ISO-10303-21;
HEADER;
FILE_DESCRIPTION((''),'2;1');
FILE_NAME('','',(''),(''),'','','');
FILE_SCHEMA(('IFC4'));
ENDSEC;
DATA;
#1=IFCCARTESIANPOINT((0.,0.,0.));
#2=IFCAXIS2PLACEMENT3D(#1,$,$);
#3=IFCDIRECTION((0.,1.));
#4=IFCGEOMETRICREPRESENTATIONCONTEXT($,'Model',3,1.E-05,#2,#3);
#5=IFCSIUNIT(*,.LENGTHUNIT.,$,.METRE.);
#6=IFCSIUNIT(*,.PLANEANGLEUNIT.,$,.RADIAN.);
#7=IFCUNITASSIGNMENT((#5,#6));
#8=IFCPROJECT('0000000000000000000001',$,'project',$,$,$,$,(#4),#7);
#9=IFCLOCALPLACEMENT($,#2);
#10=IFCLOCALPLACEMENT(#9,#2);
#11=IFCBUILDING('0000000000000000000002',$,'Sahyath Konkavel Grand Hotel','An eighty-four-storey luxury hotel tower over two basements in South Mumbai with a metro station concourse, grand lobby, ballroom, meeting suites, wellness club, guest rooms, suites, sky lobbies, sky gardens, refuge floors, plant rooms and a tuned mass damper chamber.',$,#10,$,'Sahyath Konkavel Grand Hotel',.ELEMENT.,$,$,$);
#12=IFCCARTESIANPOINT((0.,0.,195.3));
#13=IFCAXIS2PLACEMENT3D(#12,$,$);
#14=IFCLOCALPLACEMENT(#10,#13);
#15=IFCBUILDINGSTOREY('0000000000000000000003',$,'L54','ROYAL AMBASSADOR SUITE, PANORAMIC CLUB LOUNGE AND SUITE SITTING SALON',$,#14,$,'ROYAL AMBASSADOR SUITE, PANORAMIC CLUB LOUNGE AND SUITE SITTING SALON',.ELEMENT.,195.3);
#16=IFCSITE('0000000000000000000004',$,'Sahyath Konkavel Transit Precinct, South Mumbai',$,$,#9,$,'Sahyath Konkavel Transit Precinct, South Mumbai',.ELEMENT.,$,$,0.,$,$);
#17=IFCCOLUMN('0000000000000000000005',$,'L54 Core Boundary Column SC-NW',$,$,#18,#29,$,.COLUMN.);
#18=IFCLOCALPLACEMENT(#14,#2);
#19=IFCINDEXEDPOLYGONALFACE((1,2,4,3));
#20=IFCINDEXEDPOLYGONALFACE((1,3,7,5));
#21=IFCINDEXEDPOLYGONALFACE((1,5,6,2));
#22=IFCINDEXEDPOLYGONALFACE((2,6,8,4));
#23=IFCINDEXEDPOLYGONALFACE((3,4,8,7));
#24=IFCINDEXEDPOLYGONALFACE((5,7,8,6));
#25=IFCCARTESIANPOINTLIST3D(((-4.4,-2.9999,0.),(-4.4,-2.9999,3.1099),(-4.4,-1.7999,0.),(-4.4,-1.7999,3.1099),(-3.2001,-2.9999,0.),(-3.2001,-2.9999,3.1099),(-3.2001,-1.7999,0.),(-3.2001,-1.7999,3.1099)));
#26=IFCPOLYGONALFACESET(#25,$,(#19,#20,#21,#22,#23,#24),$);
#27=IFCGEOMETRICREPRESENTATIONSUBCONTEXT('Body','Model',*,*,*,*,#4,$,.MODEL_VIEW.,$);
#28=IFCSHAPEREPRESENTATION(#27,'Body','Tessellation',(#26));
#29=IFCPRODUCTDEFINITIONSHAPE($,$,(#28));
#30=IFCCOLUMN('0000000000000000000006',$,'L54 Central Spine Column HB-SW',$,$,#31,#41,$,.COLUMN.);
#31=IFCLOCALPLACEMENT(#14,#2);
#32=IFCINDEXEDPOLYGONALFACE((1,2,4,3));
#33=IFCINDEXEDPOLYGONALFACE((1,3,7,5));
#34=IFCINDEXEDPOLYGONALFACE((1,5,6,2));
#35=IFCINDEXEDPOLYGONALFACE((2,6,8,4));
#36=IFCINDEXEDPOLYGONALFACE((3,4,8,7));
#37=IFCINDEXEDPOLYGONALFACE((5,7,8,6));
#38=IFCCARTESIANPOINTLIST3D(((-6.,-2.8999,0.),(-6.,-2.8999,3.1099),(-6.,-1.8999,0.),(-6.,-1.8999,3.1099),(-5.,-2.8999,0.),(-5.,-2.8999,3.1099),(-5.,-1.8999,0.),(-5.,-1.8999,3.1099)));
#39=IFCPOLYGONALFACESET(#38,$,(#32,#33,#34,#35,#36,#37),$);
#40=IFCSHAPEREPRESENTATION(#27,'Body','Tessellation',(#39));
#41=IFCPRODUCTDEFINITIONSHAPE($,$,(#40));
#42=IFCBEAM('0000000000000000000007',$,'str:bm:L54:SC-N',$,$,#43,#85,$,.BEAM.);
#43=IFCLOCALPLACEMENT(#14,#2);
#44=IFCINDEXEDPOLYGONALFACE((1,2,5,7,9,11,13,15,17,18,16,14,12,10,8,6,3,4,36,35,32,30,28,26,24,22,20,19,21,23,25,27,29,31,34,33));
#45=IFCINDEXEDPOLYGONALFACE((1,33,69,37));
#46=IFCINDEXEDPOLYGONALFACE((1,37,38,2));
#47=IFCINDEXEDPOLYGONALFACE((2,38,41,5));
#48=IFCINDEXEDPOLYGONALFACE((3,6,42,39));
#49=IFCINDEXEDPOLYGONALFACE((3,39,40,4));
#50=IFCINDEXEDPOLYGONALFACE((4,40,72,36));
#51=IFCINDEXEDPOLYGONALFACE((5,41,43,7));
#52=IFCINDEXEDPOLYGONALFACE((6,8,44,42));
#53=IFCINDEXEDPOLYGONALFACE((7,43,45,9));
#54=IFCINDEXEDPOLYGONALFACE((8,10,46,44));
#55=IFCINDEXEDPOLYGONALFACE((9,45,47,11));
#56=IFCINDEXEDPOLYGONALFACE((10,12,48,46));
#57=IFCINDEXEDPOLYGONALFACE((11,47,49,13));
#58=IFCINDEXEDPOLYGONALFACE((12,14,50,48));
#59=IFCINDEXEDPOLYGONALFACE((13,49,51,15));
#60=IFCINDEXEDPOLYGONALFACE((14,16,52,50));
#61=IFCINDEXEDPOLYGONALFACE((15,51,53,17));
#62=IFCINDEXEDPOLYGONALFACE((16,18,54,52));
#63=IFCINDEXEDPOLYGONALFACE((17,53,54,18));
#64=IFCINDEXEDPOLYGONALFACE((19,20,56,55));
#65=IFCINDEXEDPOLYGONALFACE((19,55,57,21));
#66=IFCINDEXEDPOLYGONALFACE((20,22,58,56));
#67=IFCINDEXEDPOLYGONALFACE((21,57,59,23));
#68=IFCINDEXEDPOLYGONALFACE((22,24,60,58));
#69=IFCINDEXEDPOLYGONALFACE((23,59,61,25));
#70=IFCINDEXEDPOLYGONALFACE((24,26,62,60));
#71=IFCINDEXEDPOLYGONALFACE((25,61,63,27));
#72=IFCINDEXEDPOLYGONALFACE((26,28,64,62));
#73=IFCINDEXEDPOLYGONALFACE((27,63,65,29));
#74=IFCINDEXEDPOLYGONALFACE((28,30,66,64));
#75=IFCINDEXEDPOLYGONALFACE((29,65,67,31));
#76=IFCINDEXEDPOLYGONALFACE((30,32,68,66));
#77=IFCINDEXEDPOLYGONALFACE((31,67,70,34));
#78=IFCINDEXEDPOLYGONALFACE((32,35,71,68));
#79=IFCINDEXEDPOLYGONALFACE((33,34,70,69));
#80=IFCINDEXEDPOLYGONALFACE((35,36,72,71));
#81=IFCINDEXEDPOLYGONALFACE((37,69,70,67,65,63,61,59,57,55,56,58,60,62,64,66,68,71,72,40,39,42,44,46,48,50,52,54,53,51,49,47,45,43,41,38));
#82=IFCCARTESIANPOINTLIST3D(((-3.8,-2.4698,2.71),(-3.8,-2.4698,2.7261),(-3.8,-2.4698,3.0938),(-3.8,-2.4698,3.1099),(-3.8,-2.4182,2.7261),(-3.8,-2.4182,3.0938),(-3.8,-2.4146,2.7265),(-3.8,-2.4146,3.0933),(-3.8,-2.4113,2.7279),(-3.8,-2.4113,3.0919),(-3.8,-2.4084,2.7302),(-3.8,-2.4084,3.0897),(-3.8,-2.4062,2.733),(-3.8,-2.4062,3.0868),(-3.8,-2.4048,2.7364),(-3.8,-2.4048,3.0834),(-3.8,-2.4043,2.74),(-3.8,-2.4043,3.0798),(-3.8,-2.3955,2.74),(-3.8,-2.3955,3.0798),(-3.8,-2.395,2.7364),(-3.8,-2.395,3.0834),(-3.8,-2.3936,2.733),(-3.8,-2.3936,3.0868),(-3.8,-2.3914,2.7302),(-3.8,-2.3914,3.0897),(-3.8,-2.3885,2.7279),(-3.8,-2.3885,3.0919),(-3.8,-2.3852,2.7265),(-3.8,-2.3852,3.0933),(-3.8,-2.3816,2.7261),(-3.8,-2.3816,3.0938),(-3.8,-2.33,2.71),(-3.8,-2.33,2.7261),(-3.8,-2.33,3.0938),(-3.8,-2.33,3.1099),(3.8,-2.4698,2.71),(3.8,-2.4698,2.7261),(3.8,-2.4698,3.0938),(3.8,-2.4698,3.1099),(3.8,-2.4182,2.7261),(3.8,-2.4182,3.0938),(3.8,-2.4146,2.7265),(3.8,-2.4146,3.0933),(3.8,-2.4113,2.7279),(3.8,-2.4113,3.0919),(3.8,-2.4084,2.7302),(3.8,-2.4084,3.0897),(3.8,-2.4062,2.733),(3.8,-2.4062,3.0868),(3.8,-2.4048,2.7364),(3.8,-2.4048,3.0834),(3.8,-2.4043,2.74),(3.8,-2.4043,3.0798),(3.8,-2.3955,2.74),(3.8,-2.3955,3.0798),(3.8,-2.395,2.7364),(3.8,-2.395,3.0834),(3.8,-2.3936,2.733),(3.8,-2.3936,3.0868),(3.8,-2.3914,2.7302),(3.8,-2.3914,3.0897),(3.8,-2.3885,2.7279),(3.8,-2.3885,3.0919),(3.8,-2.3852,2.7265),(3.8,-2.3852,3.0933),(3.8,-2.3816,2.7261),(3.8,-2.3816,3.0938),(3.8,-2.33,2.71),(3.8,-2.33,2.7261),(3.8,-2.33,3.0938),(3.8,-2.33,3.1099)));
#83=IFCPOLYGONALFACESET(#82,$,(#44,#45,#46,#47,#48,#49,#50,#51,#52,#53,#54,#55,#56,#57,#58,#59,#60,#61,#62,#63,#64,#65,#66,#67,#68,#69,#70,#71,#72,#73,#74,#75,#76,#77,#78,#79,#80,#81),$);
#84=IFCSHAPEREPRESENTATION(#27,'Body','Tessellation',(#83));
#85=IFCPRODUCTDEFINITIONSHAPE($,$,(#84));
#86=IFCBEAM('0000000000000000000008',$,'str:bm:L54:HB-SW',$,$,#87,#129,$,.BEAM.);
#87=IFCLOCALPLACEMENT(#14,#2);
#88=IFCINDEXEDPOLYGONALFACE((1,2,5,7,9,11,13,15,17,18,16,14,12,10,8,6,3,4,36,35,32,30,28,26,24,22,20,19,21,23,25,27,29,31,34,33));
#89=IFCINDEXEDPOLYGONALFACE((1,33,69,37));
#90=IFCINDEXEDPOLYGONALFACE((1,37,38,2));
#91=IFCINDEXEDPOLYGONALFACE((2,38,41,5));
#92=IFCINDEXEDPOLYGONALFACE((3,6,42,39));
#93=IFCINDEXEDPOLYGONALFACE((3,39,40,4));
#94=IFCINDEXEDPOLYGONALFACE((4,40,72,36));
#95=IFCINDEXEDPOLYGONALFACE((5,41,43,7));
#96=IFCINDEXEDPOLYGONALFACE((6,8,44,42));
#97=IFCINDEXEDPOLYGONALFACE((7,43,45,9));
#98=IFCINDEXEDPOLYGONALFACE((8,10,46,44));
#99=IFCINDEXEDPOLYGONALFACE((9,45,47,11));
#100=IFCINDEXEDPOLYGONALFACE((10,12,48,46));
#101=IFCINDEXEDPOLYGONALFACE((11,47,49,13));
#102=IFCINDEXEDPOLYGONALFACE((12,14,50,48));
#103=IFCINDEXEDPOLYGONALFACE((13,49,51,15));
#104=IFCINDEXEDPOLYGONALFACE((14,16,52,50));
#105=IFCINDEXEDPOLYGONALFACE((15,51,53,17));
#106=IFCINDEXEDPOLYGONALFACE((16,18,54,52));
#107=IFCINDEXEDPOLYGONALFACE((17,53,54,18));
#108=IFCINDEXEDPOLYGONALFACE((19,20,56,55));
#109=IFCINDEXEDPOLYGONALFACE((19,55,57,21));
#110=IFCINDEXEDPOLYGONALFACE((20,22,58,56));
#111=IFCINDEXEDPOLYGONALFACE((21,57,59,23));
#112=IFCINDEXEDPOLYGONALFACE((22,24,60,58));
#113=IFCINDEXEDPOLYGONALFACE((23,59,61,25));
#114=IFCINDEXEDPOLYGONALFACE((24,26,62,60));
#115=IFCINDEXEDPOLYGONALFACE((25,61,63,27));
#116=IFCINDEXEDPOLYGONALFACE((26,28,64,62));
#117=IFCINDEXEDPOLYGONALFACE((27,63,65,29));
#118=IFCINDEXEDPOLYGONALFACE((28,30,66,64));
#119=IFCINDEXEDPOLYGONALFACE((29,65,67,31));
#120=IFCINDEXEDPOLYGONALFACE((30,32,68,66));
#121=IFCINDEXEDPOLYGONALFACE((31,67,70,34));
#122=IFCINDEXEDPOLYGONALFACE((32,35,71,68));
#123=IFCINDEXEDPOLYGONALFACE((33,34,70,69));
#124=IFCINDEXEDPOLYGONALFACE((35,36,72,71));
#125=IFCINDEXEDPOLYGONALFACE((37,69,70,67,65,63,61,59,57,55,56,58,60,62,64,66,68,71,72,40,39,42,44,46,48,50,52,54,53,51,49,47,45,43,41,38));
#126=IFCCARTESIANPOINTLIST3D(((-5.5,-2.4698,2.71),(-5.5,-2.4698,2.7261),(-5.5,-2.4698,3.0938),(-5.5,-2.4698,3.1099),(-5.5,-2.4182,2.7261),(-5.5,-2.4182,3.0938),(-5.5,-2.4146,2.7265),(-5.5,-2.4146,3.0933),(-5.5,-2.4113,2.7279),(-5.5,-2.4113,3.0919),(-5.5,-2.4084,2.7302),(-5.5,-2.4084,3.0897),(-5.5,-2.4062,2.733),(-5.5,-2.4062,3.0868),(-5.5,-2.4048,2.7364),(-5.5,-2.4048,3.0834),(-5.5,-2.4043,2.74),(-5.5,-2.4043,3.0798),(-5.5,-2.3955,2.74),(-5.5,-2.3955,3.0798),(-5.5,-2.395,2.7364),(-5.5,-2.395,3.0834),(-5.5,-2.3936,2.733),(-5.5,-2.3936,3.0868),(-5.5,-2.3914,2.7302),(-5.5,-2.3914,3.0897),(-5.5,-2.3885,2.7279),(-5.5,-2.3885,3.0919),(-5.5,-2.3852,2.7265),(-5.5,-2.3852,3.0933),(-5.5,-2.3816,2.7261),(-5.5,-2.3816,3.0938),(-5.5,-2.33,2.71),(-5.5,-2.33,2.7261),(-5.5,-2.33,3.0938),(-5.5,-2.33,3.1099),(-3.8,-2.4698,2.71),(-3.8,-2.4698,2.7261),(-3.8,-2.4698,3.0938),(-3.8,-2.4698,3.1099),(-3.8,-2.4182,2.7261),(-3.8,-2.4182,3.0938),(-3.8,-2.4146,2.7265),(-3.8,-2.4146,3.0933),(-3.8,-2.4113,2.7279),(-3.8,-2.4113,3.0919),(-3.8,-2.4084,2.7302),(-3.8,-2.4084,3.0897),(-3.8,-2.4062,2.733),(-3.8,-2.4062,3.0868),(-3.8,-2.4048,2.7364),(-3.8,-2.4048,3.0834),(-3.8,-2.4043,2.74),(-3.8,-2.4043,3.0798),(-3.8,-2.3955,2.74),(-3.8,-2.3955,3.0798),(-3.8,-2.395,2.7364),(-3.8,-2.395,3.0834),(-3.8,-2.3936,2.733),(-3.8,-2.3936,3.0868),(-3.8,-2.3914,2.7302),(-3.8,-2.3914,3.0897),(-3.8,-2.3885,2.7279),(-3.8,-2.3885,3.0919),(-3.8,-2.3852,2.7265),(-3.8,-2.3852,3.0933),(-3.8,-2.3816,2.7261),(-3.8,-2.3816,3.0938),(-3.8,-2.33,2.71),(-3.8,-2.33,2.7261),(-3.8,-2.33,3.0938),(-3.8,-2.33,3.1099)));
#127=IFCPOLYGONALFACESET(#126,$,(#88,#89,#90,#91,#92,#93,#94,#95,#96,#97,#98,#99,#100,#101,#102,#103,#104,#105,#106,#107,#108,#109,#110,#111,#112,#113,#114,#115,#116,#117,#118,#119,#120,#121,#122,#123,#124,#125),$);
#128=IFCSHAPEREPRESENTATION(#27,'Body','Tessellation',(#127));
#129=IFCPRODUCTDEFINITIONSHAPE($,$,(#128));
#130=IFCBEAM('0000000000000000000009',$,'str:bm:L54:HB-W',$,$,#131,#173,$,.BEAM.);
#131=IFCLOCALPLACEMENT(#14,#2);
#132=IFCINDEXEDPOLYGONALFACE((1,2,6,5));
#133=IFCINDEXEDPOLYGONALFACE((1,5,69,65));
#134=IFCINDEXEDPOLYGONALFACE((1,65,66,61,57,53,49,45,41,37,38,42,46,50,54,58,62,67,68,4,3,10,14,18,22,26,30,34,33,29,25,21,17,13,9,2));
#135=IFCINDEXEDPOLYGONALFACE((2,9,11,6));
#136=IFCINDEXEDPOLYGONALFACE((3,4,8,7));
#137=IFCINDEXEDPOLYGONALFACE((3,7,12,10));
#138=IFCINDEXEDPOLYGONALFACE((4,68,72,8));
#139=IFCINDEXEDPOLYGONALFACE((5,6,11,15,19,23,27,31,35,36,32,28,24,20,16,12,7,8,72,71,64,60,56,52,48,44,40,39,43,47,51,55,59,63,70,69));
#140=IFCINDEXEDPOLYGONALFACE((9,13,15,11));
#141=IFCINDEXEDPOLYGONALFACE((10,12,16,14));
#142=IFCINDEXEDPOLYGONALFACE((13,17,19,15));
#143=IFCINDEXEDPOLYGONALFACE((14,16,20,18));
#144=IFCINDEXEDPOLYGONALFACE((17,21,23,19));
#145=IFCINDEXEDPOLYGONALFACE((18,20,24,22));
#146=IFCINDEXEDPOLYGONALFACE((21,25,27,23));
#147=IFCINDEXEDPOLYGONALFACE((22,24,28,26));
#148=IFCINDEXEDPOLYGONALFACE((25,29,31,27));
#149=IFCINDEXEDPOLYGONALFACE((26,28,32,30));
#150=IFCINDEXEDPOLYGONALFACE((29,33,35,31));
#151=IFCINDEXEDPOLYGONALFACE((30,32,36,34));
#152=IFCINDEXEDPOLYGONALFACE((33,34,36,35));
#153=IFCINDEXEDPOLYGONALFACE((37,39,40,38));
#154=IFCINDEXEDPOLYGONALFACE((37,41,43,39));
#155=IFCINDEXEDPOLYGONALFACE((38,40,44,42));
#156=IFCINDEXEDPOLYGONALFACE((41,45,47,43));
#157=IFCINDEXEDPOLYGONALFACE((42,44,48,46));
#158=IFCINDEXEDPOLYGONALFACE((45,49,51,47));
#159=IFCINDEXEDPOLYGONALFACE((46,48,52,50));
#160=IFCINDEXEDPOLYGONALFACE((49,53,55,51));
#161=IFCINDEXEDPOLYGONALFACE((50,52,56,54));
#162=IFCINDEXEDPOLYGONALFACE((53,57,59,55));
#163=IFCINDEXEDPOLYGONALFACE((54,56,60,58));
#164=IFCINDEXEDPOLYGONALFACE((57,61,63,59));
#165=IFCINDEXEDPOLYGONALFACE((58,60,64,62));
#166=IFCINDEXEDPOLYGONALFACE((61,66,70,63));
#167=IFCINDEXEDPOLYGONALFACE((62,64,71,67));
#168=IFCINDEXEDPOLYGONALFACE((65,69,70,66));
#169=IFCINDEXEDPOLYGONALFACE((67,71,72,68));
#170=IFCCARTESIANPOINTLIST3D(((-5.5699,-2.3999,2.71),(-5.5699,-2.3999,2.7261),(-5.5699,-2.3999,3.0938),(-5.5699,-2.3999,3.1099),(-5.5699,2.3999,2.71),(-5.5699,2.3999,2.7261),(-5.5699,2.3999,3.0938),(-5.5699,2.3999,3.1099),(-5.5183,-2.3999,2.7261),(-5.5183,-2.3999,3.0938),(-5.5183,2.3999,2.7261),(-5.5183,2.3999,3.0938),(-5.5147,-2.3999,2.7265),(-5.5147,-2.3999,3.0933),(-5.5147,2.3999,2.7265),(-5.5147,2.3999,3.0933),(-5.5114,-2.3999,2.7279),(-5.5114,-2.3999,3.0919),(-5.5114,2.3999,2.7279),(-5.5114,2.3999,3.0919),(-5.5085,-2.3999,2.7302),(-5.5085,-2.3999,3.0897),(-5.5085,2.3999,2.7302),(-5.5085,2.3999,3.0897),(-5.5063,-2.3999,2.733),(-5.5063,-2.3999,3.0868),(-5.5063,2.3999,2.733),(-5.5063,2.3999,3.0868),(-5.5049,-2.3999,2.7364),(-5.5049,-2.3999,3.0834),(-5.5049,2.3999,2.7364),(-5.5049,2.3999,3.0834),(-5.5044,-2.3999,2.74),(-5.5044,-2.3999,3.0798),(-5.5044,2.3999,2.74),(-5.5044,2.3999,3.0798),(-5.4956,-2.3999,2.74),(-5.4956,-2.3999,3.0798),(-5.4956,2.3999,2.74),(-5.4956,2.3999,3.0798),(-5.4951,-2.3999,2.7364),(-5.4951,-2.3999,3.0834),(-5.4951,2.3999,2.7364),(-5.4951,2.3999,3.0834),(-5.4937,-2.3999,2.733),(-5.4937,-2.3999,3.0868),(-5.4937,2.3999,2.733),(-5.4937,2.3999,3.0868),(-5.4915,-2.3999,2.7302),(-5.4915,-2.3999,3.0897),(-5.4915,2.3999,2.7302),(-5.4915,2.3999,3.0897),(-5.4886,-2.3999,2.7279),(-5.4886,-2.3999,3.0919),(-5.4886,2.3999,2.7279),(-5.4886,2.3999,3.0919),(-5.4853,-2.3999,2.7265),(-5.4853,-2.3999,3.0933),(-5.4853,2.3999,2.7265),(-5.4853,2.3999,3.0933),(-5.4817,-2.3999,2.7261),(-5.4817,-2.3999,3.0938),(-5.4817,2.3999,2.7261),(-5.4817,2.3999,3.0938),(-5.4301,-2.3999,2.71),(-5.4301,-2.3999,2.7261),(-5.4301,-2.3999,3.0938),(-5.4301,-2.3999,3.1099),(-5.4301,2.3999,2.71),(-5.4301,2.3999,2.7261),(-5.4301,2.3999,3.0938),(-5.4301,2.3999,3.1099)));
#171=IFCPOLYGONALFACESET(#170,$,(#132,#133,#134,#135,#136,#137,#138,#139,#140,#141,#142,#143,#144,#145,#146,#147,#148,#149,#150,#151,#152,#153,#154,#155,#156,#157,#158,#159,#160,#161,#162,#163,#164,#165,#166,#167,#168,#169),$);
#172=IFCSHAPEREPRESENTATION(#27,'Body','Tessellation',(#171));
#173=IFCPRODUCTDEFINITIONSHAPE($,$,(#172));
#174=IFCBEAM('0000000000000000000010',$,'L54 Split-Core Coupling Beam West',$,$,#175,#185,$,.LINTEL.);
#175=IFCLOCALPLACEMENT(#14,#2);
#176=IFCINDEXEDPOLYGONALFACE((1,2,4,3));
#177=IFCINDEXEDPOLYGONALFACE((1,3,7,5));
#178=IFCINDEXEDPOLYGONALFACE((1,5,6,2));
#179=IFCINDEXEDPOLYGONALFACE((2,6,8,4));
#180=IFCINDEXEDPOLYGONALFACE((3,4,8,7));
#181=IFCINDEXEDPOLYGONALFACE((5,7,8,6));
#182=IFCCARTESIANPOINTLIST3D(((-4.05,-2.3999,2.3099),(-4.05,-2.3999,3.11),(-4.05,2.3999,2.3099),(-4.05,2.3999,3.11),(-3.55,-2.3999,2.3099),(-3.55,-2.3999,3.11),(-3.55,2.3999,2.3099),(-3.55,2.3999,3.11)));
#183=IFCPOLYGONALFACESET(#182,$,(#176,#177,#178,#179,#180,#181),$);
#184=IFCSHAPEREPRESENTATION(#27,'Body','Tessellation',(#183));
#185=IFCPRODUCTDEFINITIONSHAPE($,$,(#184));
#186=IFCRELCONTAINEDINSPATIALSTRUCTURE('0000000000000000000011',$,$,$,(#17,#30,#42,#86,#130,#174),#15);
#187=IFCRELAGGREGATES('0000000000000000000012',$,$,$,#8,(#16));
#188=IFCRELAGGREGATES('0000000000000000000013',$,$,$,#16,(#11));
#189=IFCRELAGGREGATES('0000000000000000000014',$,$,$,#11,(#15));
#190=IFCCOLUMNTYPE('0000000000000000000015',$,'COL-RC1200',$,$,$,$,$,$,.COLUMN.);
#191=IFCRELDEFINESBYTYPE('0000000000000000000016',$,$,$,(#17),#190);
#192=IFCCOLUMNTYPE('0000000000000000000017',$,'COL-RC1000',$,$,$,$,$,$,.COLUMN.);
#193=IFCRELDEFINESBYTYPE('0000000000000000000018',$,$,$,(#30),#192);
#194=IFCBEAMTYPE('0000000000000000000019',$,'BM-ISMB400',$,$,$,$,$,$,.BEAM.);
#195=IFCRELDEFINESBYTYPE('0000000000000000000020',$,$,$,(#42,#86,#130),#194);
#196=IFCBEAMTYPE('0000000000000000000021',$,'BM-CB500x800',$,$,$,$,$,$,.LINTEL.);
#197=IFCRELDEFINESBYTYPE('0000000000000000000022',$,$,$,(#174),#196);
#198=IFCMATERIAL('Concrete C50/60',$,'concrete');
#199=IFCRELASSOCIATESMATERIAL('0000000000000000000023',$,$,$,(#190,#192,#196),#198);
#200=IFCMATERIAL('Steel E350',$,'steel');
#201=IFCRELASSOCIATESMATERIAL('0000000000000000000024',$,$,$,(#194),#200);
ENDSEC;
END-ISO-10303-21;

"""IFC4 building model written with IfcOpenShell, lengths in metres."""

from ifc_helpers import new_model, si_unit, direction, frame, origin, origin_2d, place, context, subcontext, project, spatial, rectangle, i_section, extrude, source, transform, mapped, material, material_profile, profile_set, type_object, element, save


model = new_model("IFC4")

# Units and contexts
model_context = context("Model", 3, precision=1e-05, world=origin(), true_north=direction((0.0, 1.0)))
body_context = subcontext(model_context, "Body", "Model", "MODEL_VIEW")
ifc_project = project(units=[si_unit("LENGTHUNIT", "METRE"), si_unit("PLANEANGLEUNIT", "RADIAN")], contexts=[model_context])

# Site, building, storey
site_placement = place(None, origin())
site = spatial("IfcSite", under=ifc_project, at=site_placement, Name="Sahyath Konkavel Transit Precinct, South Mumbai", LongName="Sahyath Konkavel Transit Precinct, South Mumbai", CompositionType="ELEMENT", RefElevation=0.0)
building_placement = place(site_placement, origin())
building = spatial("IfcBuilding", under=site, at=building_placement, Name="Sahyath Konkavel Grand Hotel", Description="An eighty-four-storey luxury hotel tower over two basements in South Mumbai with a metro station concourse, grand lobby, ballroom, meeting suites, wellness club, guest rooms, suites, sky lobbies, sky gardens, refuge floors, plant rooms and a tuned mass damper chamber.", LongName="Sahyath Konkavel Grand Hotel", CompositionType="ELEMENT")
storey_placement = place(building_placement, frame((0.0, 0.0, 195.3)))
storey = spatial("IfcBuildingStorey", under=building, at=storey_placement, Name="L54", Description="ROYAL AMBASSADOR SUITE, PANORAMIC CLUB LOUNGE AND SUITE SITTING SALON", LongName="ROYAL AMBASSADOR SUITE, PANORAMIC CLUB LOUNGE AND SUITE SITTING SALON", CompositionType="ELEMENT", Elevation=195.3)

# Columns
ifc_material_1 = material(Name="Concrete C50/60", Category="concrete")
ifc_material_profile_1 = material_profile(ifc_material_1, rectangle(XDim=1.2, YDim=1.2, at=origin_2d()), Name="RC 1200x1200")
ifc_profile_set_1 = profile_set([ifc_material_profile_1], Name="Concrete C50/60")
column_type_1 = type_object("IfcColumnType", Name="COL-RC1200", PredefinedType="COLUMN", material=ifc_profile_set_1)
shared_shape_1 = source(origin(), body_context, "Body", "SweptSolid", [
    extrude(rectangle(XDim=1.2, YDim=1.2, at=origin_2d()), origin(), (0.0, 0.0, 1.0), 3.1099),
])
column_1_placement = place(storey_placement, frame((-3.8, -2.3999, 0.0), z_axis=(0.0, 0.0, 1.0), x_axis=(1.0, 0.0, 0.0)))
element("IfcColumn", 1, at=column_1_placement, inside=storey, type_object=column_type_1, Name="L54 Core Boundary Column SC-NW", PredefinedType="COLUMN", context=body_context, shape_type="MappedRepresentation", body=[
    mapped(shared_shape_1, transform((0.0, 0.0, 0.0), scale=1.0)),
])
ifc_material_profile_2 = material_profile(ifc_material_1, rectangle(XDim=1.0, YDim=1.0, at=origin_2d()), Name="RC 1000x1000")
ifc_profile_set_2 = profile_set([ifc_material_profile_2], Name="Concrete C50/60")
column_type_2 = type_object("IfcColumnType", Name="COL-RC1000", PredefinedType="COLUMN", material=ifc_profile_set_2)
shared_shape_2 = source(origin(), body_context, "Body", "SweptSolid", [
    extrude(rectangle(XDim=1.0, YDim=1.0, at=origin_2d()), origin(), (0.0, 0.0, 1.0), 3.1099),
])
column_2_placement = place(storey_placement, frame((-5.5, -2.3999, 0.0), z_axis=(0.0, 0.0, 1.0), x_axis=(1.0, 0.0, 0.0)))
element("IfcColumn", 2, at=column_2_placement, inside=storey, type_object=column_type_2, Name="L54 Central Spine Column HB-SW", PredefinedType="COLUMN", context=body_context, shape_type="MappedRepresentation", body=[
    mapped(shared_shape_2, transform((0.0, 0.0, 0.0), scale=1.0)),
])

# Beams
ifc_material_2 = material(Name="Steel E350", Category="steel")
ifc_material_profile_3 = material_profile(ifc_material_2, i_section(OverallWidth=0.1399, OverallDepth=0.3999, WebThickness=0.0088, FlangeThickness=0.0161, FilletRadius=0.0139, at=origin_2d()), Name="ISMB 400")
ifc_profile_set_3 = profile_set([ifc_material_profile_3], Name="Steel E350")
beam_type_1 = type_object("IfcBeamType", Name="BM-ISMB400", PredefinedType="BEAM", material=ifc_profile_set_3)
shared_shape_3 = source(origin(), body_context, "Body", "SweptSolid", [
    extrude(i_section(OverallWidth=0.1399, OverallDepth=0.3999, WebThickness=0.0088, FlangeThickness=0.0161, FilletRadius=0.0139, at=origin_2d()), origin(), (0.0, 0.0, 1.0), 7.6001),
])
beam_1_placement = place(storey_placement, frame((-3.8, -2.3999, 2.9099), z_axis=(1.0, 0.0, 0.0), x_axis=(0.0, 1.0, 0.0)))
element("IfcBeam", 3, at=beam_1_placement, inside=storey, type_object=beam_type_1, Name="str:bm:L54:SC-N", PredefinedType="BEAM", context=body_context, shape_type="MappedRepresentation", body=[
    mapped(shared_shape_3, transform((0.0, 0.0, 0.0), scale=1.0)),
])
shared_shape_4 = source(origin(), body_context, "Body", "SweptSolid", [
    extrude(i_section(OverallWidth=0.1399, OverallDepth=0.3999, WebThickness=0.0088, FlangeThickness=0.0161, FilletRadius=0.0139, at=origin_2d()), origin(), (0.0, 0.0, 1.0), 1.7),
])
beam_2_placement = place(storey_placement, frame((-5.5, -2.3999, 2.9099), z_axis=(1.0, 0.0, 0.0), x_axis=(0.0, 1.0, 0.0)))
element("IfcBeam", 4, at=beam_2_placement, inside=storey, type_object=beam_type_1, Name="str:bm:L54:HB-SW", PredefinedType="BEAM", context=body_context, shape_type="MappedRepresentation", body=[
    mapped(shared_shape_4, transform((0.0, 0.0, 0.0), scale=1.0)),
])
shared_shape_5 = source(origin(), body_context, "Body", "SweptSolid", [
    extrude(i_section(OverallWidth=0.1399, OverallDepth=0.3999, WebThickness=0.0088, FlangeThickness=0.0161, FilletRadius=0.0139, at=origin_2d()), origin(), (0.0, 0.0, 1.0), 4.7998),
])
beam_3_placement = place(storey_placement, frame((-5.5, -2.3999, 2.9099), z_axis=(0.0, 1.0, 0.0), x_axis=(-1.0, 0.0, 0.0)))
element("IfcBeam", 5, at=beam_3_placement, inside=storey, type_object=beam_type_1, Name="str:bm:L54:HB-W", PredefinedType="BEAM", context=body_context, shape_type="MappedRepresentation", body=[
    mapped(shared_shape_5, transform((0.0, 0.0, 0.0), scale=1.0)),
])
ifc_material_profile_4 = material_profile(ifc_material_1, rectangle(XDim=0.5, YDim=0.8, at=origin_2d()), Name="RC 500x800")
ifc_profile_set_4 = profile_set([ifc_material_profile_4], Name="Concrete C50/60")
beam_type_2 = type_object("IfcBeamType", Name="BM-CB500x800", PredefinedType="LINTEL", material=ifc_profile_set_4)
shared_shape_6 = source(origin(), body_context, "Body", "SweptSolid", [
    extrude(rectangle(XDim=0.5, YDim=0.8, at=origin_2d()), origin(), (0.0, 0.0, 1.0), 4.7998),
])
beam_4_placement = place(storey_placement, frame((-3.8, -2.3999, 2.71), z_axis=(0.0, 1.0, 0.0), x_axis=(-1.0, 0.0, 0.0)))
element("IfcBeam", 6, at=beam_4_placement, inside=storey, type_object=beam_type_2, Name="L54 Split-Core Coupling Beam West", PredefinedType="LINTEL", context=body_context, shape_type="MappedRepresentation", body=[
    mapped(shared_shape_6, transform((0.0, 0.0, 0.0), scale=1.0)),
])

save(model, "model.ifc")
